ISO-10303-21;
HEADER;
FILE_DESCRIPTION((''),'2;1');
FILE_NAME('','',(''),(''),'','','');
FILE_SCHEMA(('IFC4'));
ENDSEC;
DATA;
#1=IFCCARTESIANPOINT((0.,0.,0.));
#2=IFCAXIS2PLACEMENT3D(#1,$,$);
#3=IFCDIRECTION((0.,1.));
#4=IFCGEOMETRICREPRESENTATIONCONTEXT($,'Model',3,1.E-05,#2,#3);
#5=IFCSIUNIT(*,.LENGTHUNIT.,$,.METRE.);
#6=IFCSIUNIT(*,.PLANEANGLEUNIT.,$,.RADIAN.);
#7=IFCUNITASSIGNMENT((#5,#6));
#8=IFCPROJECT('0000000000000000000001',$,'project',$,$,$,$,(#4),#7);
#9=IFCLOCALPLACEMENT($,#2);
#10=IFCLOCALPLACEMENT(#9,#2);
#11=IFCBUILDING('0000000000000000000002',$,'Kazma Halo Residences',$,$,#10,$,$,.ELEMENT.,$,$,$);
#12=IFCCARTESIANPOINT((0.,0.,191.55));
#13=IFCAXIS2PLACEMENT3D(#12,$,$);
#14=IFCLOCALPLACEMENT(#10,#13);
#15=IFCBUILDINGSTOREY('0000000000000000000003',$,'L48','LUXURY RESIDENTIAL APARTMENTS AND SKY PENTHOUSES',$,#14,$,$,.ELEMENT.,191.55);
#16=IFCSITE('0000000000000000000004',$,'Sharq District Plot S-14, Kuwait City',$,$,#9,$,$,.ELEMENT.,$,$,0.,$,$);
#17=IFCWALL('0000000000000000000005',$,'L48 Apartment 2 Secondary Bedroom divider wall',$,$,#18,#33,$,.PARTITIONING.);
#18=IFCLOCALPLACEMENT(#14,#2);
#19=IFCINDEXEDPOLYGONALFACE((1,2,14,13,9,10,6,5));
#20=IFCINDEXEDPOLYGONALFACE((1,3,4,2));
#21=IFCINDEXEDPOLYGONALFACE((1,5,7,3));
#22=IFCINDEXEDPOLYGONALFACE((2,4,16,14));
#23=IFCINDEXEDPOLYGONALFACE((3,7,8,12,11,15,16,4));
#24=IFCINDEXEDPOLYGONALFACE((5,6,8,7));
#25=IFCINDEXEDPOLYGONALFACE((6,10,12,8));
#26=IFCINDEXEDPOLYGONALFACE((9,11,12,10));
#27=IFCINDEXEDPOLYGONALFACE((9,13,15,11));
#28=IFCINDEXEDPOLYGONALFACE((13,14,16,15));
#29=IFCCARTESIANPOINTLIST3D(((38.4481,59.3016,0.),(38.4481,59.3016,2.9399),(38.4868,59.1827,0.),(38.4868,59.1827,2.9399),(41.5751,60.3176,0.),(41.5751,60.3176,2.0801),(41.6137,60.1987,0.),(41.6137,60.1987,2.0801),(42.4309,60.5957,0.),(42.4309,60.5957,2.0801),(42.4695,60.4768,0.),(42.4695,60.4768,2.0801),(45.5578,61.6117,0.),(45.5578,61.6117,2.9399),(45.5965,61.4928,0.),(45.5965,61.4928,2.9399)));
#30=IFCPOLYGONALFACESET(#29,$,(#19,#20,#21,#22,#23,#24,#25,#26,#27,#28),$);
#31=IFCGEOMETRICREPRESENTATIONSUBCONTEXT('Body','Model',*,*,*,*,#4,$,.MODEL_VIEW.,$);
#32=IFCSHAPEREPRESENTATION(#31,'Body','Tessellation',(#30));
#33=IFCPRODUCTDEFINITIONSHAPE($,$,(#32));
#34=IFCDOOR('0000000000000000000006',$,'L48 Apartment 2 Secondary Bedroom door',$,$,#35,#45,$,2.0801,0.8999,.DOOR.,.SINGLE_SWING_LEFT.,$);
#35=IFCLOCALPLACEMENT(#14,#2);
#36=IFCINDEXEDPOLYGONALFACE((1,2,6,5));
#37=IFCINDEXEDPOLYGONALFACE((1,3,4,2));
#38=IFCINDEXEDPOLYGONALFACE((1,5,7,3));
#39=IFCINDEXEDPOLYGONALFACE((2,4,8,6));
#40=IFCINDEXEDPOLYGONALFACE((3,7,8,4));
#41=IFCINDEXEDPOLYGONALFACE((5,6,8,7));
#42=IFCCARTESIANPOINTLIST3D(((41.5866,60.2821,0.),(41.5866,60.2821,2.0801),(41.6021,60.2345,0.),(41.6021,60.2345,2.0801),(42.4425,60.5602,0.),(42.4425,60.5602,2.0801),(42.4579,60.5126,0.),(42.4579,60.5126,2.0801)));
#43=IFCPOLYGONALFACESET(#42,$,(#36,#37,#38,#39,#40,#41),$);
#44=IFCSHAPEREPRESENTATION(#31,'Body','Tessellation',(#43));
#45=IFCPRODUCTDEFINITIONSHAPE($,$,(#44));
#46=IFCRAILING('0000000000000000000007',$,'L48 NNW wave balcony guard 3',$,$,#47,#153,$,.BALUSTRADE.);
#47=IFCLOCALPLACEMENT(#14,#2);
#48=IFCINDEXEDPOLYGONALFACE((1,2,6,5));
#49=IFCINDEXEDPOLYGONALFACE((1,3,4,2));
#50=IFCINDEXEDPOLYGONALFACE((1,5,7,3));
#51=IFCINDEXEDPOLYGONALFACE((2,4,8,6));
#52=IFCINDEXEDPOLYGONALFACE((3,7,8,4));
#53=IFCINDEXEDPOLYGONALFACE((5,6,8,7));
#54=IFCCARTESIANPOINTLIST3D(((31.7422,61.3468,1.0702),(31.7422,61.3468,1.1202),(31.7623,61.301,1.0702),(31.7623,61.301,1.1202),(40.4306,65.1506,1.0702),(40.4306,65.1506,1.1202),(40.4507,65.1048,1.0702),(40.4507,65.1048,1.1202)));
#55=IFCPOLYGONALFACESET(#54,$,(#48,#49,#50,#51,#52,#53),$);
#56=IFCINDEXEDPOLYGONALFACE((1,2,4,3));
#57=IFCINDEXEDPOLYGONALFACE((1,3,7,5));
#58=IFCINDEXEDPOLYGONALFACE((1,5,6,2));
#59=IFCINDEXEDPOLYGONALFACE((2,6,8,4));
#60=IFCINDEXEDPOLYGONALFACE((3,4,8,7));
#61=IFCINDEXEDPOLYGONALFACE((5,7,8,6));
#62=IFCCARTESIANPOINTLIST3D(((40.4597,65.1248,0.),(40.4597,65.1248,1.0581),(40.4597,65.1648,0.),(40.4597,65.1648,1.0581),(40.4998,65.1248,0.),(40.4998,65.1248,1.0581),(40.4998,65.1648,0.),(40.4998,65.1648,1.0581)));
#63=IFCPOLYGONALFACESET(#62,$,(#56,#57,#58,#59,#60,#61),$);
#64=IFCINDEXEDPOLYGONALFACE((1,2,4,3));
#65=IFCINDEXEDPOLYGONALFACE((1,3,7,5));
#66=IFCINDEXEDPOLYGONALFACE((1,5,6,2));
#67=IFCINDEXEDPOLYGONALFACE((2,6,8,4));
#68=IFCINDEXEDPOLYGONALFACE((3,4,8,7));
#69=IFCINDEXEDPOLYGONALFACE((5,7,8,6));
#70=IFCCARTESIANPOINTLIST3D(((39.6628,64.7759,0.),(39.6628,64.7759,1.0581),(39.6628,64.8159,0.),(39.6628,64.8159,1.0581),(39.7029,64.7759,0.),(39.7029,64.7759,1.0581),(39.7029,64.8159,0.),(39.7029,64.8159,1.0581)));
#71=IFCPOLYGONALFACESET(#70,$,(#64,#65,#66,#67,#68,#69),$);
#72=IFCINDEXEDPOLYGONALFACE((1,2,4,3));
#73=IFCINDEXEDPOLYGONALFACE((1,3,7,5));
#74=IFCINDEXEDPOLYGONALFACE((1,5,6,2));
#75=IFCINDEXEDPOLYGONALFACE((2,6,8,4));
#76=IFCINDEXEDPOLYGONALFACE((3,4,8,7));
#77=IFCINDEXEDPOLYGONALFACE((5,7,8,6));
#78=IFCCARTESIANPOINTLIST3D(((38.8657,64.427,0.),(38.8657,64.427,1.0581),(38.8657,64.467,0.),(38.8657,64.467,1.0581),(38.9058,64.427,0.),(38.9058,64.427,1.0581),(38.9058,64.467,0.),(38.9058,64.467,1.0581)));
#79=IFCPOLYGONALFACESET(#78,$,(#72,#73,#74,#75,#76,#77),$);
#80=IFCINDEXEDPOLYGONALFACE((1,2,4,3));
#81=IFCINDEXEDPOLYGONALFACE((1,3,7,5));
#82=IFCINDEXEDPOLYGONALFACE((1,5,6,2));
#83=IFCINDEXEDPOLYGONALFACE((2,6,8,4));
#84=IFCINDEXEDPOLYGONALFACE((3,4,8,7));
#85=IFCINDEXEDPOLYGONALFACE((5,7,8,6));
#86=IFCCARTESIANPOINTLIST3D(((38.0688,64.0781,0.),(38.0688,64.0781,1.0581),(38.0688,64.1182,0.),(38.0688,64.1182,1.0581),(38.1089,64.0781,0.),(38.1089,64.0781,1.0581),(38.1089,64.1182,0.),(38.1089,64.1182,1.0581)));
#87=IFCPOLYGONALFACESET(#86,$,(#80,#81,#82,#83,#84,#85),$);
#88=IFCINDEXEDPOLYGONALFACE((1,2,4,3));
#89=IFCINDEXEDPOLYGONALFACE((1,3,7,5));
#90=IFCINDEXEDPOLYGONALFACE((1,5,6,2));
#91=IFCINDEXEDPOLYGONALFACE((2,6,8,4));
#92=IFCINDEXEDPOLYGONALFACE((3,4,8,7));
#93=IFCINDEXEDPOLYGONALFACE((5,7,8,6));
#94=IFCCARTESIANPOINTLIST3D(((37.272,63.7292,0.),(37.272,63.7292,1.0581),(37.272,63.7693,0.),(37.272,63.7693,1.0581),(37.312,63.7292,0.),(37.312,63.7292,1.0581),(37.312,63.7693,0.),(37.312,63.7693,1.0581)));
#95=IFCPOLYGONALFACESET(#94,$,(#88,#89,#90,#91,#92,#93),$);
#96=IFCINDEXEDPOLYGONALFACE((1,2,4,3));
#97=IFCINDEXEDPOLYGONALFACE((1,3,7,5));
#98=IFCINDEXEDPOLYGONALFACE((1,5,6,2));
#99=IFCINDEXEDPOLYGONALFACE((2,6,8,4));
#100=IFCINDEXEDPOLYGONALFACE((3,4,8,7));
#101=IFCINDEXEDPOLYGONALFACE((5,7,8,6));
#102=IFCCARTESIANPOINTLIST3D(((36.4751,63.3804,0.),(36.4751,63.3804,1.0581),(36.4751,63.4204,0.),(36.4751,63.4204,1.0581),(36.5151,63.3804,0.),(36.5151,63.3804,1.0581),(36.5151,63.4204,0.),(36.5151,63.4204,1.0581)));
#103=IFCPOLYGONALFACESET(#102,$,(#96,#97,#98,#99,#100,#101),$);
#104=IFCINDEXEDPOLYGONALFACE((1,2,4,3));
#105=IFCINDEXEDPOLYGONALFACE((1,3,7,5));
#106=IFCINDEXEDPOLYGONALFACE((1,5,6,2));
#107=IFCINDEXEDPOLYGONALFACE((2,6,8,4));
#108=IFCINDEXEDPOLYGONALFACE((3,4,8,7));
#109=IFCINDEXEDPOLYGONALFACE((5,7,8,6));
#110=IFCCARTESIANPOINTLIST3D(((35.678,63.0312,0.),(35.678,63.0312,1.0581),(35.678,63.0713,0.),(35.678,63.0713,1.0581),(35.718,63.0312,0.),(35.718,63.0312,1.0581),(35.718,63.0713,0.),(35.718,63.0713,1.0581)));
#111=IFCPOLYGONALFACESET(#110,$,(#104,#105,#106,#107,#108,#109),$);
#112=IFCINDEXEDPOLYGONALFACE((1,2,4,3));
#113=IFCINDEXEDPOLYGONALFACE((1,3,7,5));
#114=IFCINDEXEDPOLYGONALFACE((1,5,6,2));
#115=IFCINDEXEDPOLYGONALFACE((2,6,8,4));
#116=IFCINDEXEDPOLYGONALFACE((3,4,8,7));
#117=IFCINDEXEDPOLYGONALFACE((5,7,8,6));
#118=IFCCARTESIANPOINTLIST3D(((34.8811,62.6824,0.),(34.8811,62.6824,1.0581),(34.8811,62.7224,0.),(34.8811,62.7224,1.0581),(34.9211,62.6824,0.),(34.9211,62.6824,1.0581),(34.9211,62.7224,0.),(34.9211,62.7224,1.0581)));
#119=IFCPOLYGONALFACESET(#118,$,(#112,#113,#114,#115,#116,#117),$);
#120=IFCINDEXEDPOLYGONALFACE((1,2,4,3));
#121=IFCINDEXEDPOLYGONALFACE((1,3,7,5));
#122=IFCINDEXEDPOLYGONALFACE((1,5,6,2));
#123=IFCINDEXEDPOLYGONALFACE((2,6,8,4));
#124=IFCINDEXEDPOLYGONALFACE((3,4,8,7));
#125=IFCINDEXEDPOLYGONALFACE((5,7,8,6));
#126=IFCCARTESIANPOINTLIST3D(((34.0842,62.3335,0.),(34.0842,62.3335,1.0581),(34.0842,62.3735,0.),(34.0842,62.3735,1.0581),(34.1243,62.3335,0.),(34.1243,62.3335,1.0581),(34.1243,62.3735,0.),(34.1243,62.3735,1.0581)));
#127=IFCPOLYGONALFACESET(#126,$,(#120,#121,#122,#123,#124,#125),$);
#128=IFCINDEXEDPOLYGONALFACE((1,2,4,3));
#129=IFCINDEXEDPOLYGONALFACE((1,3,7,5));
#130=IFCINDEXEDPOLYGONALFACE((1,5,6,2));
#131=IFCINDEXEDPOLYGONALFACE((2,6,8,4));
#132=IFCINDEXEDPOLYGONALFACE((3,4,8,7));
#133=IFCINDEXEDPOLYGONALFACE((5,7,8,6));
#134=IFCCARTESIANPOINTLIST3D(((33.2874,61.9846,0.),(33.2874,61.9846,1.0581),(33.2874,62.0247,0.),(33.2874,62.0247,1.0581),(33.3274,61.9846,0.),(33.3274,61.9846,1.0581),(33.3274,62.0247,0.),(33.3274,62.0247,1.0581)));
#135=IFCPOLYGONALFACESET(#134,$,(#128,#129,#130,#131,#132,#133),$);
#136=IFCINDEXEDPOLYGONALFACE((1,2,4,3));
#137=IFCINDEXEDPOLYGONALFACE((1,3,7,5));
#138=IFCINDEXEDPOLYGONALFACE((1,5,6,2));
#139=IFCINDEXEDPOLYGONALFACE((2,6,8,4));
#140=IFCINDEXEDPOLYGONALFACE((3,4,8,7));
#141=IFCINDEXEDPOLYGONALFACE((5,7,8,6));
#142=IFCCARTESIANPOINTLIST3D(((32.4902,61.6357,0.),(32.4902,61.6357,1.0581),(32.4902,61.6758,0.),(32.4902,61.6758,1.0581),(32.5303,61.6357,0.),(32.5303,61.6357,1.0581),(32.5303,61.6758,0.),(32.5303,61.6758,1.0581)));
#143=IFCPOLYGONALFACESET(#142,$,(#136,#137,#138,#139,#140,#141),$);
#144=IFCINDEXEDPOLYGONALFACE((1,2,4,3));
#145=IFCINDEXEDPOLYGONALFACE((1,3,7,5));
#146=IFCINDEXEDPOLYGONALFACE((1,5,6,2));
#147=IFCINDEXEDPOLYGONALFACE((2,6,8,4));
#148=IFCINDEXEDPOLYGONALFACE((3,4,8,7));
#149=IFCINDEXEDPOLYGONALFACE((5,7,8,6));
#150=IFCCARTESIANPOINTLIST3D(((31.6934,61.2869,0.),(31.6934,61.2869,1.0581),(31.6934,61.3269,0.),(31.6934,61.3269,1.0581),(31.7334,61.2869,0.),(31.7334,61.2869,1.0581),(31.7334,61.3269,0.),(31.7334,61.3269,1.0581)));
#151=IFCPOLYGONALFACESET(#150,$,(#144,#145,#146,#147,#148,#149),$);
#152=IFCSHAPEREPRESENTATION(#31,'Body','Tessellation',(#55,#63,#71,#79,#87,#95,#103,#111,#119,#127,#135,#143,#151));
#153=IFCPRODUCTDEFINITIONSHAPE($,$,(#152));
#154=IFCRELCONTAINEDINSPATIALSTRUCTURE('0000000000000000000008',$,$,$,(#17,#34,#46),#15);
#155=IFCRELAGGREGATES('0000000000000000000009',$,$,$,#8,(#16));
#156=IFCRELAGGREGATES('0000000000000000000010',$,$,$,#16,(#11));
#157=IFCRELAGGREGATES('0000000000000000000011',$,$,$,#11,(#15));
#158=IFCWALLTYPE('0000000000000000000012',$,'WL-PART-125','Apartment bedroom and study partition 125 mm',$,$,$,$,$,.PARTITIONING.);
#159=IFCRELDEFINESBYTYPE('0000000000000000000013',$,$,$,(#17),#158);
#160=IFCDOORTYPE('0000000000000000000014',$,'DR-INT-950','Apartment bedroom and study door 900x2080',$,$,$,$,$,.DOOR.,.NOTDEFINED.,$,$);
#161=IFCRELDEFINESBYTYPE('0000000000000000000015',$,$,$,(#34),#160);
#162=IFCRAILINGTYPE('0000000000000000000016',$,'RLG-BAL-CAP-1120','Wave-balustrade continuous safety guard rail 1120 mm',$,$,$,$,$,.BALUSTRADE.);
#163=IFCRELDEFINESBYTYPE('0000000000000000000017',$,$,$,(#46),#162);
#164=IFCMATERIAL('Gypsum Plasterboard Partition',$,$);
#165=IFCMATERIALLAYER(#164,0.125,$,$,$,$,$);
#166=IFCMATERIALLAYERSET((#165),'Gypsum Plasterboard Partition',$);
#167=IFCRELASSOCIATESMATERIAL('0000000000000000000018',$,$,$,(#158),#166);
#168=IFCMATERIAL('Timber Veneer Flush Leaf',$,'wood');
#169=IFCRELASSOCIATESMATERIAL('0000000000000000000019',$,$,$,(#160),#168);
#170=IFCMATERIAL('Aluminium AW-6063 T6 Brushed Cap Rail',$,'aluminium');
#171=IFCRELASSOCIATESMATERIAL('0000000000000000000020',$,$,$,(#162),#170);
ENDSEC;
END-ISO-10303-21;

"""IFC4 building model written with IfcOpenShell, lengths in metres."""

from ifc_helpers import new_model, si_unit, direction, frame, frame_2d, origin, origin_2d, place, context, subcontext, project, spatial, rectangle, extrude, material, layer, layer_set, type_object, element, fill, save


model = new_model("IFC4")

# Units and contexts
model_context = context("Model", 3, precision=1e-05, world=origin(), true_north=direction((0.0, 1.0)))
body_context = subcontext(model_context, "Body", "Model", "MODEL_VIEW")
ifc_project = project(units=[si_unit("LENGTHUNIT", "METRE"), si_unit("PLANEANGLEUNIT", "RADIAN")], contexts=[model_context])

# Site, building, storey
site_placement = place(None, origin())
site = spatial("IfcSite", under=ifc_project, at=site_placement, Name="Sharq District Plot S-14, Kuwait City", CompositionType="ELEMENT", RefElevation=0.0)
building_placement = place(site_placement, origin())
building = spatial("IfcBuilding", under=site, at=building_placement, Name="Kazma Halo Residences", CompositionType="ELEMENT")
storey_placement = place(building_placement, frame((0.0, 0.0, 191.55)))
storey = spatial("IfcBuildingStorey", under=building, at=storey_placement, Name="L48", Description="LUXURY RESIDENTIAL APARTMENTS AND SKY PENTHOUSES", CompositionType="ELEMENT", Elevation=191.55)

# Shared definitions
ifc_material_1 = material(Name="Gypsum Plasterboard Partition")
ifc_layer_1 = layer(ifc_material_1, 0.125)
ifc_layer_set_1 = layer_set([ifc_layer_1], Name="Gypsum Plasterboard Partition")
wall_type_1 = type_object("IfcWallType", Name="WL-PART-125", Description="Apartment bedroom and study partition 125 mm", PredefinedType="PARTITIONING", material=ifc_layer_set_1)

# Wall, opening, door
ifc_material_2 = material(Name="Timber Veneer Flush Leaf", Category="wood")
door_type_1 = type_object("IfcDoorType", Name="DR-INT-950", Description="Apartment bedroom and study door 900x2080", OperationType="NOTDEFINED", PredefinedType="DOOR", material=ifc_material_2)
wall_1_placement = place(storey_placement, frame((45.5771, 61.5522, 0.0), z_axis=(0.0, 0.0, 1.0), x_axis=(-0.951056, -0.309017, 0.0)))
wall_1 = element("IfcWall", 1, at=wall_1_placement, inside=storey, type_object=wall_type_1, Name="L48 Apartment 2 Secondary Bedroom divider wall", PredefinedType="PARTITIONING", context=body_context, shape_type="SweptSolid", body=[
    extrude(rectangle(XDim=7.4756, YDim=0.125, at=frame_2d((3.7378, 0.0))), origin(), (0.0, 0.0, 1.0), 2.9399),
])
opening_1_placement = place(wall_1_placement, frame((3.2878, 0.0, 0.0)))
opening_1 = element("IfcOpeningElement", 2, at=opening_1_placement, cuts=wall_1, PredefinedType="OPENING", context=body_context, shape_type="SweptSolid", body=[
    extrude(rectangle(XDim=0.8999, YDim=2.0801, at=frame_2d((0.45, 1.04))), frame((0.0, 0.0725, 0.0), z_axis=(0.0, -1.0, 0.0), x_axis=(1.0, 0.0, 0.0)), (0.0, 0.0, 1.0), 0.145),
])
door_1_placement = place(opening_1_placement, origin())
door_1 = element("IfcDoor", 3, at=door_1_placement, inside=storey, type_object=door_type_1, Name="L48 Apartment 2 Secondary Bedroom door", OperationType="SINGLE_SWING_LEFT", OverallHeight=2.0801, OverallWidth=0.8999, PredefinedType="DOOR", context=body_context, shape_type="SweptSolid", body=[
    extrude(rectangle(XDim=0.8999, YDim=2.0801, at=frame_2d((0.45, 1.04))), frame((0.0, 0.0249, 0.0), z_axis=(0.0, -1.0, 0.0), x_axis=(1.0, 0.0, 0.0)), (0.0, 0.0, 1.0), 0.05),
])
fill(opening_1, door_1)

# Railing
ifc_material_3 = material(Name="Aluminium AW-6063 T6 Brushed Cap Rail", Category="aluminium")
railing_type = type_object("IfcRailingType", Name="RLG-BAL-CAP-1120", Description="Wave-balustrade continuous safety guard rail 1120 mm", PredefinedType="BALUSTRADE", material=ifc_material_3)
railing_placement = place(storey_placement, frame((40.4797, 65.1448, 0.0)))
element("IfcRailing", 4, at=railing_placement, inside=storey, type_object=railing_type, Name="L48 NNW wave balcony guard 3", PredefinedType="BALUSTRADE", context=body_context, shape_type="SweptSolid", body=[
    extrude(rectangle(XDim=0.05, YDim=0.05, at=origin_2d()), frame((-0.0391, -0.0171, 1.0952), z_axis=(-0.916057, -0.401048, 0.0), x_axis=(0.401048, -0.916057, 0.0)), (0.0, 0.0, 1.0), 9.4846),
    extrude(rectangle(XDim=0.04, YDim=0.04, at=origin_2d()), origin(), (0.0, 0.0, 1.0), 1.0581),
    extrude(rectangle(XDim=0.04, YDim=0.04, at=origin_2d()), frame((-0.7969, -0.3489, 0.0)), (0.0, 0.0, 1.0), 1.0581),
    extrude(rectangle(XDim=0.04, YDim=0.04, at=origin_2d()), frame((-1.594, -0.6978, 0.0)), (0.0, 0.0, 1.0), 1.0581),
    extrude(rectangle(XDim=0.04, YDim=0.04, at=origin_2d()), frame((-2.3909, -1.0466, 0.0)), (0.0, 0.0, 1.0), 1.0581),
    extrude(rectangle(XDim=0.04, YDim=0.04, at=origin_2d()), frame((-3.1877, -1.3955, 0.0)), (0.0, 0.0, 1.0), 1.0581),
    extrude(rectangle(XDim=0.04, YDim=0.04, at=origin_2d()), frame((-3.9846, -1.7444, 0.0)), (0.0, 0.0, 1.0), 1.0581),
    extrude(rectangle(XDim=0.04, YDim=0.04, at=origin_2d()), frame((-4.7817, -2.0935, 0.0)), (0.0, 0.0, 1.0), 1.0581),
    extrude(rectangle(XDim=0.04, YDim=0.04, at=origin_2d()), frame((-5.5786, -2.4424, 0.0)), (0.0, 0.0, 1.0), 1.0581),
    extrude(rectangle(XDim=0.04, YDim=0.04, at=origin_2d()), frame((-6.3755, -2.7913, 0.0)), (0.0, 0.0, 1.0), 1.0581),
    extrude(rectangle(XDim=0.04, YDim=0.04, at=origin_2d()), frame((-7.1724, -3.1401, 0.0)), (0.0, 0.0, 1.0), 1.0581),
    extrude(rectangle(XDim=0.04, YDim=0.04, at=origin_2d()), frame((-7.9695, -3.489, 0.0)), (0.0, 0.0, 1.0), 1.0581),
    extrude(rectangle(XDim=0.04, YDim=0.04, at=origin_2d()), frame((-8.7664, -3.8379, 0.0)), (0.0, 0.0, 1.0), 1.0581),
])

save(model, "model.ifc")
